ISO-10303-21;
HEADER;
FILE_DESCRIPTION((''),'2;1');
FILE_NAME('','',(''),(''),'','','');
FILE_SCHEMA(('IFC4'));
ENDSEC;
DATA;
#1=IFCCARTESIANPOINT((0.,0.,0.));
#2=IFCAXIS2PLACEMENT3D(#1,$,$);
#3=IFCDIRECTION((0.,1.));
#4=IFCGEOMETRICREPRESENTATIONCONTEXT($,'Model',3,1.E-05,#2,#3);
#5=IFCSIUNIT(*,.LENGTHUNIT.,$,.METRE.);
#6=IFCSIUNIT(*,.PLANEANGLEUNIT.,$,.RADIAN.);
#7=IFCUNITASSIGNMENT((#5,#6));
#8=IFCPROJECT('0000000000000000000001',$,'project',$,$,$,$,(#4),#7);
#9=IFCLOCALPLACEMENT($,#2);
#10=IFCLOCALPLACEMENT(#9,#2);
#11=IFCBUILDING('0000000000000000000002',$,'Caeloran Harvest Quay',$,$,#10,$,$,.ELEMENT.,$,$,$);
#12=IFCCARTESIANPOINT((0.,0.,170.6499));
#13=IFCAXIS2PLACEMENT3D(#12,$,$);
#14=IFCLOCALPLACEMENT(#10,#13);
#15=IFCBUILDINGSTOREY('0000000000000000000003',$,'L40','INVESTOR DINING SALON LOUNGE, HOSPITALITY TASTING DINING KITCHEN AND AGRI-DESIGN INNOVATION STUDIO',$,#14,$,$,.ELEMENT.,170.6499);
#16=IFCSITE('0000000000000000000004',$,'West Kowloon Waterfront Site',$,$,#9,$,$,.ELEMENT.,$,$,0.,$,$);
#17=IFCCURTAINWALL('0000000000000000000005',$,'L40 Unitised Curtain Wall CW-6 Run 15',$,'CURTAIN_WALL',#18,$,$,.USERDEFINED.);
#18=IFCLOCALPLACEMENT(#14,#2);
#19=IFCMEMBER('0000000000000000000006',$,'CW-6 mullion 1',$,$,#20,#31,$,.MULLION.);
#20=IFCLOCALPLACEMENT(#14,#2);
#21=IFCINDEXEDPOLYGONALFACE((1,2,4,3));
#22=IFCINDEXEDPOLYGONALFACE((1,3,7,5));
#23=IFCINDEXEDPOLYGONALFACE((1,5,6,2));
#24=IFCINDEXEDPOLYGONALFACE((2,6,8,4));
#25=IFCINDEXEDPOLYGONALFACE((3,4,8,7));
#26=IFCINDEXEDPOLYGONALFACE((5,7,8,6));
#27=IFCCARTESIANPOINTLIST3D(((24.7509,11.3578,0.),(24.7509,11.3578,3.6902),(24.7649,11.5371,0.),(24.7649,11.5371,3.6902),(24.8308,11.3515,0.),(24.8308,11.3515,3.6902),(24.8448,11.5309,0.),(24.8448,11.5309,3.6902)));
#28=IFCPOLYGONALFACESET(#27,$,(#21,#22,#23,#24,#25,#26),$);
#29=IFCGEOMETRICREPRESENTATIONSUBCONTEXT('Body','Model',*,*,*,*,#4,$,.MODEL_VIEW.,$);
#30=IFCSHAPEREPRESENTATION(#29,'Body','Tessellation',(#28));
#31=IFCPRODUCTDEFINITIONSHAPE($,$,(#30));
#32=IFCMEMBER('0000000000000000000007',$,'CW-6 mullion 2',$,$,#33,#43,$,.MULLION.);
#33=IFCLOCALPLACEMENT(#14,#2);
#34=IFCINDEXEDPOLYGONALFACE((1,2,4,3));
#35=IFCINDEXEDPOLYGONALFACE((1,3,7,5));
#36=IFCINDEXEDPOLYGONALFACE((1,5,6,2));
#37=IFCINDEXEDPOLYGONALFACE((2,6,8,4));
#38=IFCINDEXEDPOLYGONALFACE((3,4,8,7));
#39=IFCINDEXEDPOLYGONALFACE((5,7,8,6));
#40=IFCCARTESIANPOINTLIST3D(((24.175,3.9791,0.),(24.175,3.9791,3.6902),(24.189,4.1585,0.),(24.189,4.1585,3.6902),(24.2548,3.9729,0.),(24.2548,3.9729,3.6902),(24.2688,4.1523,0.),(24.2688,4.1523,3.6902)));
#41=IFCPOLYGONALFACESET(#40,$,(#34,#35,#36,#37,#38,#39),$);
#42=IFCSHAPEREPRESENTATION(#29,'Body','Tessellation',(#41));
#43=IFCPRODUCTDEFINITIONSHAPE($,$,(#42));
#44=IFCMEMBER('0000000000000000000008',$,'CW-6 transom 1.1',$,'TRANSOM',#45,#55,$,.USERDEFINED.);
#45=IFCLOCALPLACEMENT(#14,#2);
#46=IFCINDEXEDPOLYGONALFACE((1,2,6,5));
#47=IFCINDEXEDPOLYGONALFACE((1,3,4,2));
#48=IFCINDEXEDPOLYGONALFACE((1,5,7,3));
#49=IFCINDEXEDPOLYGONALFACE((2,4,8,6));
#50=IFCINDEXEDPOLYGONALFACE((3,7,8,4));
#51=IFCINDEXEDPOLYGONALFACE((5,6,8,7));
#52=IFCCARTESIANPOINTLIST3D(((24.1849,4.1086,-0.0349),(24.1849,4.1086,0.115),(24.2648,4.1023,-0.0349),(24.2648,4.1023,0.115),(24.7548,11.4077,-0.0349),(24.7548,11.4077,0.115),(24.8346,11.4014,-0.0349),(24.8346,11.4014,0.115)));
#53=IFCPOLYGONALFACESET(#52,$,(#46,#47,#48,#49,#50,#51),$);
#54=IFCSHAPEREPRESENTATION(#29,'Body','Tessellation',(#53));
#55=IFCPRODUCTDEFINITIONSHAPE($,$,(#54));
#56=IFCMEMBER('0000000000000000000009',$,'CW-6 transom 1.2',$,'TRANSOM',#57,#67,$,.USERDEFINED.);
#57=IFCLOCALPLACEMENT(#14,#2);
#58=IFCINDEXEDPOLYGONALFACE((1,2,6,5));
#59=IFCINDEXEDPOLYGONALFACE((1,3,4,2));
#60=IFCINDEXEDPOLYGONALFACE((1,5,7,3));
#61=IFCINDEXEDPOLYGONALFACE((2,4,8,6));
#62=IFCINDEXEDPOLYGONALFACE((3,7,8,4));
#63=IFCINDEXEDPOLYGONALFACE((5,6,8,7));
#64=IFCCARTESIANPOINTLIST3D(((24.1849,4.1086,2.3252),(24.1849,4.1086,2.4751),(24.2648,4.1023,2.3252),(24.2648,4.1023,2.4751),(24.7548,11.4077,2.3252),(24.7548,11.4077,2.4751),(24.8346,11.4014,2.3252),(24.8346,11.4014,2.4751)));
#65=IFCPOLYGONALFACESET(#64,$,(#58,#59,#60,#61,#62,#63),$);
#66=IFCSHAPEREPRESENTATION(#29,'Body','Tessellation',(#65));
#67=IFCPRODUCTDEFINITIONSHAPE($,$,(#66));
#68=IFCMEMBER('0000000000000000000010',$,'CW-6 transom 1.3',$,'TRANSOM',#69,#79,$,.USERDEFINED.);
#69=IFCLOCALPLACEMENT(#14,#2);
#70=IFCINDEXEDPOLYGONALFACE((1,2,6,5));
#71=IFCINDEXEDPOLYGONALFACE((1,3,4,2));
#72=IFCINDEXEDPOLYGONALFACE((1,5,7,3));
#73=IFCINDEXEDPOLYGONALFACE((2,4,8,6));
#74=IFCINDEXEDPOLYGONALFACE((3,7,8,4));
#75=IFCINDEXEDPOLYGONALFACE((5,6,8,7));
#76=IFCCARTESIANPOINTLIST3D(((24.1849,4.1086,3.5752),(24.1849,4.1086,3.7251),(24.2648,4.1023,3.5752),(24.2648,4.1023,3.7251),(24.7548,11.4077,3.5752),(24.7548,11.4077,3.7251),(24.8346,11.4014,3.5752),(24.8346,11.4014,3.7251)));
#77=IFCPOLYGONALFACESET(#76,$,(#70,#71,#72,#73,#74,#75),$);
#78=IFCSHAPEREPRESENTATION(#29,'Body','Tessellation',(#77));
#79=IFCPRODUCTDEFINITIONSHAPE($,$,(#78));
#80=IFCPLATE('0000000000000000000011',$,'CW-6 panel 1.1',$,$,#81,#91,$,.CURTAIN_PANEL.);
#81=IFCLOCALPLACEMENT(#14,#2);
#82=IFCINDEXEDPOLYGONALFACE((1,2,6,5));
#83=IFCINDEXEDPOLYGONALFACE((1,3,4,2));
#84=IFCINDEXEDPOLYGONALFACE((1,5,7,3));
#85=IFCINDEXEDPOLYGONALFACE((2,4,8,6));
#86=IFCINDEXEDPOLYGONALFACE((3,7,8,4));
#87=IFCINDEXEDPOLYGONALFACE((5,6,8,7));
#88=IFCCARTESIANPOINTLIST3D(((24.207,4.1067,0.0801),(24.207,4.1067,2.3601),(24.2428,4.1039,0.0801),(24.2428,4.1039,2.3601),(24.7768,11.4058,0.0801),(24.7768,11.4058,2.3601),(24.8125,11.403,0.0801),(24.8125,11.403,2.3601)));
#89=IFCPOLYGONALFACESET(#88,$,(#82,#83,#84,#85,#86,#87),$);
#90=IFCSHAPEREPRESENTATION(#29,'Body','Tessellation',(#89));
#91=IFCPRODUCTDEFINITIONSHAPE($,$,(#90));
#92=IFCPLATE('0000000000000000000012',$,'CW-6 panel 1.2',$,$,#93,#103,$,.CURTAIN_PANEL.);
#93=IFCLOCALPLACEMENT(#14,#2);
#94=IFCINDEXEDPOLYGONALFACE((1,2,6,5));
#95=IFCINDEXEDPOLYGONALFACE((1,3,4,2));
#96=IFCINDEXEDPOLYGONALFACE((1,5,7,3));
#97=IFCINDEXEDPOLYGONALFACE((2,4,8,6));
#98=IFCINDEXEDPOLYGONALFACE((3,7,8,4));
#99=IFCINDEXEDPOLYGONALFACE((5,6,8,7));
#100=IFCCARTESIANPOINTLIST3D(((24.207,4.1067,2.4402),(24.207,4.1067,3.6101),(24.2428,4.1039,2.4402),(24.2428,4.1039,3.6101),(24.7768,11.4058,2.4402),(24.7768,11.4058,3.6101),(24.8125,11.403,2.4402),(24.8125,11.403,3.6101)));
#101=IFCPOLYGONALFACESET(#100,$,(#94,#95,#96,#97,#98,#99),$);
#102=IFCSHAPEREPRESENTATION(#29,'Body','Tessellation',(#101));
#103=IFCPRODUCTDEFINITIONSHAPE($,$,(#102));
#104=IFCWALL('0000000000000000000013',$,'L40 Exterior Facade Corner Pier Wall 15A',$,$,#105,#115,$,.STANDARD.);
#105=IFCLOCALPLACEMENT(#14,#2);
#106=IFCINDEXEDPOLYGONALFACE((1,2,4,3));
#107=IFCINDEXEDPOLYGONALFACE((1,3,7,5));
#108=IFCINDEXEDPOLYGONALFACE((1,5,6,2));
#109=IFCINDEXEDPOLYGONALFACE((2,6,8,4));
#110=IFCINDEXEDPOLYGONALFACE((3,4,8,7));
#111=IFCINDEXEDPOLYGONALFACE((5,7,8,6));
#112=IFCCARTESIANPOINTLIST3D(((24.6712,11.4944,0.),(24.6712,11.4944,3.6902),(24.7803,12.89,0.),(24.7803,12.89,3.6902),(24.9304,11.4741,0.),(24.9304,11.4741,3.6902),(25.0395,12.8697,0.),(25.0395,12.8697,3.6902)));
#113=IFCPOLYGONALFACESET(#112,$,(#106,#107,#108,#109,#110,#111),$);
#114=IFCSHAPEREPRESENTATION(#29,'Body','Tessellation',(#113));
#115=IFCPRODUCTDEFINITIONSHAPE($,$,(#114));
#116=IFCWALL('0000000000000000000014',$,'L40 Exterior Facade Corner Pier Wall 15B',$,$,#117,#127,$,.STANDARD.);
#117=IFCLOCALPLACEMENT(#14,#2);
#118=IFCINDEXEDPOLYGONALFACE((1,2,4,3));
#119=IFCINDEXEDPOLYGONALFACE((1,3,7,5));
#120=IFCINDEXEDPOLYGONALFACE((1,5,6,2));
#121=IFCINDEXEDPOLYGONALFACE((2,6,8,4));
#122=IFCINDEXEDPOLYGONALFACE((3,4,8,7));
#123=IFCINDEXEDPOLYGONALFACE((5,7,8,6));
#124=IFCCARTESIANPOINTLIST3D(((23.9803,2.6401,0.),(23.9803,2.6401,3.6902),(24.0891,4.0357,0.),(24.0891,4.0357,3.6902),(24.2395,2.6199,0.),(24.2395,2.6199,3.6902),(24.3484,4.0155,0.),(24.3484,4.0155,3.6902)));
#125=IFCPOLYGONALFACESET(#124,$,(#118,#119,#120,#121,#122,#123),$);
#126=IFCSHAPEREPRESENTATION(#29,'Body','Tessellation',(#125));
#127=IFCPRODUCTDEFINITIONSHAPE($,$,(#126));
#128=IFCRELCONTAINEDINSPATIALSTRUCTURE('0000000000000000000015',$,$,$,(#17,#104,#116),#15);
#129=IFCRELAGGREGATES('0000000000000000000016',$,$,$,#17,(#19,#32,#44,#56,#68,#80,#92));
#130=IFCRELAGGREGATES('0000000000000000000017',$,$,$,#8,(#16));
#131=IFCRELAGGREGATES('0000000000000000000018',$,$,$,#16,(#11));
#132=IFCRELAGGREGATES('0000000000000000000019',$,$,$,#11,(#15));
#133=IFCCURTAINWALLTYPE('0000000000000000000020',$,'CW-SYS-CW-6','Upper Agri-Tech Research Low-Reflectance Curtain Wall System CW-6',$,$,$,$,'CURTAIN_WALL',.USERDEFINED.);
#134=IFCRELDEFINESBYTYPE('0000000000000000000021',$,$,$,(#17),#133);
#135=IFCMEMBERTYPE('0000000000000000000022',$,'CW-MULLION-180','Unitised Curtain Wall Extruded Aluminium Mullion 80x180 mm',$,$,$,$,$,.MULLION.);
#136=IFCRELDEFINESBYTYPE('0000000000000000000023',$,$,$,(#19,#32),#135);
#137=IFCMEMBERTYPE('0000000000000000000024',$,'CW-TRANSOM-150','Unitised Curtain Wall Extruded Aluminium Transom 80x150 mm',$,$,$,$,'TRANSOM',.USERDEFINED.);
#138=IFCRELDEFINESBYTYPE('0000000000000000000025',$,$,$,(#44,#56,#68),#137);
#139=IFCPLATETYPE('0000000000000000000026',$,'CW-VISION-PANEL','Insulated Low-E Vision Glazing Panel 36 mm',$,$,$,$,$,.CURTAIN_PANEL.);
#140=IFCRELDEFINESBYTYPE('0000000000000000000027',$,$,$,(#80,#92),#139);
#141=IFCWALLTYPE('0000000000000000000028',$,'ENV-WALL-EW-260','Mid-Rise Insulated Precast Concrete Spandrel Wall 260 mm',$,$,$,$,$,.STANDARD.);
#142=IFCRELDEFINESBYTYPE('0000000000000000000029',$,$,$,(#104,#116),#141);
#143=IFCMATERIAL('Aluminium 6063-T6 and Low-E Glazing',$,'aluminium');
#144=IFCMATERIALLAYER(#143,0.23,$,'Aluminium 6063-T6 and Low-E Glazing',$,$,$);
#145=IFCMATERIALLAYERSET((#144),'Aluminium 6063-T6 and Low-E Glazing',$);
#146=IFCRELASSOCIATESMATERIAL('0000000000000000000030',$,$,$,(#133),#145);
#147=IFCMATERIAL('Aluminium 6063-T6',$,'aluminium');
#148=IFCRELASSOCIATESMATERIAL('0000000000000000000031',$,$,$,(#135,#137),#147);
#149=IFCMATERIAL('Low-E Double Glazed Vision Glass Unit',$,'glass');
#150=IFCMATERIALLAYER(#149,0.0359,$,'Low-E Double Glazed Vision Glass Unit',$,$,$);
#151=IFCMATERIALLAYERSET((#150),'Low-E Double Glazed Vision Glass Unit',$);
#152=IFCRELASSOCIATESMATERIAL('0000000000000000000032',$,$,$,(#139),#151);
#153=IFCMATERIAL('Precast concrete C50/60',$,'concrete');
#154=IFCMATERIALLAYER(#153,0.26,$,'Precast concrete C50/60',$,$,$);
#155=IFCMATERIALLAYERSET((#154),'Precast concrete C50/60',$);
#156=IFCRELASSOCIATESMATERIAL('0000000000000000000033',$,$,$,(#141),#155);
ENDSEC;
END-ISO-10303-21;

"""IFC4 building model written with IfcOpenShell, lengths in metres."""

from ifc_helpers import new_model, si_unit, direction, frame, frame_2d, origin, origin_2d, place, context, subcontext, project, spatial, rectangle, extrude, material, layer, layer_set, material_profile, profile_set, type_object, element, aggregate, save


model = new_model("IFC4")

# Units and contexts
model_context = context("Model", 3, precision=1e-05, world=origin(), true_north=direction((0.0, 1.0)))
body_context = subcontext(model_context, "Body", "Model", "MODEL_VIEW")
ifc_project = project(units=[si_unit("LENGTHUNIT", "METRE"), si_unit("PLANEANGLEUNIT", "RADIAN")], contexts=[model_context])

# Site, building, storey
site_placement = place(None, origin())
site = spatial("IfcSite", under=ifc_project, at=site_placement, Name="West Kowloon Waterfront Site", CompositionType="ELEMENT", RefElevation=0.0)
building_placement = place(site_placement, origin())
building = spatial("IfcBuilding", under=site, at=building_placement, Name="Caeloran Harvest Quay", CompositionType="ELEMENT")
storey_placement = place(building_placement, frame((0.0, 0.0, 170.6499)))
storey = spatial("IfcBuildingStorey", under=building, at=storey_placement, Name="L40", Description="INVESTOR DINING SALON LOUNGE, HOSPITALITY TASTING DINING KITCHEN AND AGRI-DESIGN INNOVATION STUDIO", CompositionType="ELEMENT", Elevation=170.6499)

# Curtain wall, members, plates
ifc_material_1 = material(Name="Aluminium 6063-T6 and Low-E Glazing", Category="aluminium")
ifc_layer_1 = layer(ifc_material_1, 0.23, Name="Aluminium 6063-T6 and Low-E Glazing")
ifc_layer_set_1 = layer_set([ifc_layer_1], Name="Aluminium 6063-T6 and Low-E Glazing")
curtain_wall_type = type_object("IfcCurtainWallType", Name="CW-SYS-CW-6", Description="Upper Agri-Tech Research Low-Reflectance Curtain Wall System CW-6", ElementType="CURTAIN_WALL", PredefinedType="USERDEFINED", material=ifc_layer_set_1)
curtain_wall_placement = place(storey_placement, origin())
curtain_wall = element("IfcCurtainWall", 1, at=curtain_wall_placement, inside=storey, type_object=curtain_wall_type, Name="L40 Unitised Curtain Wall CW-6 Run 15", ObjectType="CURTAIN_WALL", PredefinedType="USERDEFINED")
ifc_material_2 = material(Name="Aluminium 6063-T6", Category="aluminium")
ifc_material_profile_1 = material_profile(ifc_material_2, rectangle(XDim=0.0801, YDim=0.1799, at=origin_2d()), Name="CW-MULLION-180")
ifc_profile_set_1 = profile_set([ifc_material_profile_1], Name="Aluminium 6063-T6")
member_type_1 = type_object("IfcMemberType", Name="CW-MULLION-180", Description="Unitised Curtain Wall Extruded Aluminium Mullion 80x180 mm", PredefinedType="MULLION", material=ifc_profile_set_1)
member_1_placement = place(storey_placement, frame((24.7979, 11.4443, 0.0), z_axis=(0.0, 0.0, 1.0), x_axis=(0.996967, -0.077822, 0.0)))
member_1 = element("IfcMember", 2, at=member_1_placement, type_object=member_type_1, Name="CW-6 mullion 1", PredefinedType="MULLION", context=body_context, shape_type="SweptSolid", body=[
    extrude(rectangle(XDim=0.0801, YDim=0.1799, at=origin_2d()), origin(), (0.0, 0.0, 1.0), 3.6902),
])
member_2_placement = place(storey_placement, frame((24.2219, 4.0657, 0.0), z_axis=(0.0, 0.0, 1.0), x_axis=(0.996967, -0.077822, 0.0)))
member_2 = element("IfcMember", 3, at=member_2_placement, type_object=member_type_1, Name="CW-6 mullion 2", PredefinedType="MULLION", context=body_context, shape_type="SweptSolid", body=[
    extrude(rectangle(XDim=0.0801, YDim=0.1799, at=origin_2d()), origin(), (0.0, 0.0, 1.0), 3.6902),
])
ifc_material_profile_2 = material_profile(ifc_material_2, rectangle(XDim=0.0801, YDim=0.1499, at=origin_2d()), Name="CW-TRANSOM-150")
ifc_profile_set_2 = profile_set([ifc_material_profile_2], Name="Aluminium 6063-T6")
member_type_2 = type_object("IfcMemberType", Name="CW-TRANSOM-150", Description="Unitised Curtain Wall Extruded Aluminium Transom 80x150 mm", ElementType="TRANSOM", PredefinedType="USERDEFINED", material=ifc_profile_set_2)
member_3_placement = place(storey_placement, frame((24.7947, 11.4045, 0.04), z_axis=(-0.077831, -0.996967, 0.0), x_axis=(0.996967, -0.077831, 0.0)))
member_3 = element("IfcMember", 4, at=member_3_placement, type_object=member_type_2, Name="CW-6 transom 1.1", ObjectType="TRANSOM", PredefinedType="USERDEFINED", context=body_context, shape_type="SweptSolid", body=[
    extrude(rectangle(XDim=0.0801, YDim=0.1499, at=origin_2d()), origin(), (0.0, 0.0, 1.0), 7.3213),
])
member_4_placement = place(storey_placement, frame((24.7947, 11.4045, 2.4001), z_axis=(-0.077831, -0.996967, 0.0), x_axis=(0.996967, -0.077831, 0.0)))
member_4 = element("IfcMember", 5, at=member_4_placement, type_object=member_type_2, Name="CW-6 transom 1.2", ObjectType="TRANSOM", PredefinedType="USERDEFINED", context=body_context, shape_type="SweptSolid", body=[
    extrude(rectangle(XDim=0.0801, YDim=0.1499, at=origin_2d()), origin(), (0.0, 0.0, 1.0), 7.3213),
])
member_5_placement = place(storey_placement, frame((24.7947, 11.4045, 3.6501), z_axis=(-0.077831, -0.996967, 0.0), x_axis=(0.996967, -0.077831, 0.0)))
member_5 = element("IfcMember", 6, at=member_5_placement, type_object=member_type_2, Name="CW-6 transom 1.3", ObjectType="TRANSOM", PredefinedType="USERDEFINED", context=body_context, shape_type="SweptSolid", body=[
    extrude(rectangle(XDim=0.0801, YDim=0.1499, at=origin_2d()), origin(), (0.0, 0.0, 1.0), 7.3213),
])
ifc_material_3 = material(Name="Low-E Double Glazed Vision Glass Unit", Category="glass")
ifc_layer_2 = layer(ifc_material_3, 0.0359, Name="Low-E Double Glazed Vision Glass Unit")
ifc_layer_set_2 = layer_set([ifc_layer_2], Name="Low-E Double Glazed Vision Glass Unit")
plate_type = type_object("IfcPlateType", Name="CW-VISION-PANEL", Description="Insulated Low-E Vision Glazing Panel 36 mm", PredefinedType="CURTAIN_PANEL", material=ifc_layer_set_2)
plate_1_placement = place(storey_placement, frame((24.5098, 7.7549, 0.0801), z_axis=(0.0, 0.0, 1.0), x_axis=(-0.077822, -0.996967, 0.0)))
plate_1 = element("IfcPlate", 7, at=plate_1_placement, type_object=plate_type, Name="CW-6 panel 1.1", PredefinedType="CURTAIN_PANEL", context=body_context, shape_type="SweptSolid", body=[
    extrude(rectangle(XDim=7.3213, YDim=0.0359, at=origin_2d()), origin(), (0.0, 0.0, 1.0), 2.28),
])
plate_2_placement = place(storey_placement, frame((24.5098, 7.7549, 2.4402), z_axis=(0.0, 0.0, 1.0), x_axis=(-0.077822, -0.996967, 0.0)))
plate_2 = element("IfcPlate", 8, at=plate_2_placement, type_object=plate_type, Name="CW-6 panel 1.2", PredefinedType="CURTAIN_PANEL", context=body_context, shape_type="SweptSolid", body=[
    extrude(rectangle(XDim=7.3213, YDim=0.0359, at=origin_2d()), origin(), (0.0, 0.0, 1.0), 1.1699),
])
aggregate(curtain_wall, [member_1, member_2, member_3, member_4, member_5, plate_1, plate_2])

# Walls
ifc_material_4 = material(Name="Precast concrete C50/60", Category="concrete")
ifc_layer_3 = layer(ifc_material_4, 0.26, Name="Precast concrete C50/60")
ifc_layer_set_3 = layer_set([ifc_layer_3], Name="Precast concrete C50/60")
wall_type = type_object("IfcWallType", Name="ENV-WALL-EW-260", Description="Mid-Rise Insulated Precast Concrete Spandrel Wall 260 mm", PredefinedType="STANDARD", material=ifc_layer_set_3)
for number, where, z_axis, x_axis, name in (
    (9, (24.9099, 12.8799, 0.0), (0.0, 0.0, 1.0), (-0.07795, -0.996957, 0.0), "L40 Exterior Facade Corner Pier Wall 15A"),
    (10, (24.2188, 4.0256, 0.0), (0.0, 0.0, 1.0), (-0.077777, -0.996971, 0.0), "L40 Exterior Facade Corner Pier Wall 15B"),
):
    element("IfcWall", number, at=place(storey_placement, frame(where, z_axis=z_axis, x_axis=x_axis)), inside=storey, type_object=wall_type, Name=name, PredefinedType="STANDARD", context=body_context, shape_type="SweptSolid", body=[
        extrude(rectangle(XDim=1.3999, YDim=0.26, at=frame_2d((0.7, 0.0))), origin(), (0.0, 0.0, 1.0), 3.6902),
    ])

save(model, "model.ifc")
